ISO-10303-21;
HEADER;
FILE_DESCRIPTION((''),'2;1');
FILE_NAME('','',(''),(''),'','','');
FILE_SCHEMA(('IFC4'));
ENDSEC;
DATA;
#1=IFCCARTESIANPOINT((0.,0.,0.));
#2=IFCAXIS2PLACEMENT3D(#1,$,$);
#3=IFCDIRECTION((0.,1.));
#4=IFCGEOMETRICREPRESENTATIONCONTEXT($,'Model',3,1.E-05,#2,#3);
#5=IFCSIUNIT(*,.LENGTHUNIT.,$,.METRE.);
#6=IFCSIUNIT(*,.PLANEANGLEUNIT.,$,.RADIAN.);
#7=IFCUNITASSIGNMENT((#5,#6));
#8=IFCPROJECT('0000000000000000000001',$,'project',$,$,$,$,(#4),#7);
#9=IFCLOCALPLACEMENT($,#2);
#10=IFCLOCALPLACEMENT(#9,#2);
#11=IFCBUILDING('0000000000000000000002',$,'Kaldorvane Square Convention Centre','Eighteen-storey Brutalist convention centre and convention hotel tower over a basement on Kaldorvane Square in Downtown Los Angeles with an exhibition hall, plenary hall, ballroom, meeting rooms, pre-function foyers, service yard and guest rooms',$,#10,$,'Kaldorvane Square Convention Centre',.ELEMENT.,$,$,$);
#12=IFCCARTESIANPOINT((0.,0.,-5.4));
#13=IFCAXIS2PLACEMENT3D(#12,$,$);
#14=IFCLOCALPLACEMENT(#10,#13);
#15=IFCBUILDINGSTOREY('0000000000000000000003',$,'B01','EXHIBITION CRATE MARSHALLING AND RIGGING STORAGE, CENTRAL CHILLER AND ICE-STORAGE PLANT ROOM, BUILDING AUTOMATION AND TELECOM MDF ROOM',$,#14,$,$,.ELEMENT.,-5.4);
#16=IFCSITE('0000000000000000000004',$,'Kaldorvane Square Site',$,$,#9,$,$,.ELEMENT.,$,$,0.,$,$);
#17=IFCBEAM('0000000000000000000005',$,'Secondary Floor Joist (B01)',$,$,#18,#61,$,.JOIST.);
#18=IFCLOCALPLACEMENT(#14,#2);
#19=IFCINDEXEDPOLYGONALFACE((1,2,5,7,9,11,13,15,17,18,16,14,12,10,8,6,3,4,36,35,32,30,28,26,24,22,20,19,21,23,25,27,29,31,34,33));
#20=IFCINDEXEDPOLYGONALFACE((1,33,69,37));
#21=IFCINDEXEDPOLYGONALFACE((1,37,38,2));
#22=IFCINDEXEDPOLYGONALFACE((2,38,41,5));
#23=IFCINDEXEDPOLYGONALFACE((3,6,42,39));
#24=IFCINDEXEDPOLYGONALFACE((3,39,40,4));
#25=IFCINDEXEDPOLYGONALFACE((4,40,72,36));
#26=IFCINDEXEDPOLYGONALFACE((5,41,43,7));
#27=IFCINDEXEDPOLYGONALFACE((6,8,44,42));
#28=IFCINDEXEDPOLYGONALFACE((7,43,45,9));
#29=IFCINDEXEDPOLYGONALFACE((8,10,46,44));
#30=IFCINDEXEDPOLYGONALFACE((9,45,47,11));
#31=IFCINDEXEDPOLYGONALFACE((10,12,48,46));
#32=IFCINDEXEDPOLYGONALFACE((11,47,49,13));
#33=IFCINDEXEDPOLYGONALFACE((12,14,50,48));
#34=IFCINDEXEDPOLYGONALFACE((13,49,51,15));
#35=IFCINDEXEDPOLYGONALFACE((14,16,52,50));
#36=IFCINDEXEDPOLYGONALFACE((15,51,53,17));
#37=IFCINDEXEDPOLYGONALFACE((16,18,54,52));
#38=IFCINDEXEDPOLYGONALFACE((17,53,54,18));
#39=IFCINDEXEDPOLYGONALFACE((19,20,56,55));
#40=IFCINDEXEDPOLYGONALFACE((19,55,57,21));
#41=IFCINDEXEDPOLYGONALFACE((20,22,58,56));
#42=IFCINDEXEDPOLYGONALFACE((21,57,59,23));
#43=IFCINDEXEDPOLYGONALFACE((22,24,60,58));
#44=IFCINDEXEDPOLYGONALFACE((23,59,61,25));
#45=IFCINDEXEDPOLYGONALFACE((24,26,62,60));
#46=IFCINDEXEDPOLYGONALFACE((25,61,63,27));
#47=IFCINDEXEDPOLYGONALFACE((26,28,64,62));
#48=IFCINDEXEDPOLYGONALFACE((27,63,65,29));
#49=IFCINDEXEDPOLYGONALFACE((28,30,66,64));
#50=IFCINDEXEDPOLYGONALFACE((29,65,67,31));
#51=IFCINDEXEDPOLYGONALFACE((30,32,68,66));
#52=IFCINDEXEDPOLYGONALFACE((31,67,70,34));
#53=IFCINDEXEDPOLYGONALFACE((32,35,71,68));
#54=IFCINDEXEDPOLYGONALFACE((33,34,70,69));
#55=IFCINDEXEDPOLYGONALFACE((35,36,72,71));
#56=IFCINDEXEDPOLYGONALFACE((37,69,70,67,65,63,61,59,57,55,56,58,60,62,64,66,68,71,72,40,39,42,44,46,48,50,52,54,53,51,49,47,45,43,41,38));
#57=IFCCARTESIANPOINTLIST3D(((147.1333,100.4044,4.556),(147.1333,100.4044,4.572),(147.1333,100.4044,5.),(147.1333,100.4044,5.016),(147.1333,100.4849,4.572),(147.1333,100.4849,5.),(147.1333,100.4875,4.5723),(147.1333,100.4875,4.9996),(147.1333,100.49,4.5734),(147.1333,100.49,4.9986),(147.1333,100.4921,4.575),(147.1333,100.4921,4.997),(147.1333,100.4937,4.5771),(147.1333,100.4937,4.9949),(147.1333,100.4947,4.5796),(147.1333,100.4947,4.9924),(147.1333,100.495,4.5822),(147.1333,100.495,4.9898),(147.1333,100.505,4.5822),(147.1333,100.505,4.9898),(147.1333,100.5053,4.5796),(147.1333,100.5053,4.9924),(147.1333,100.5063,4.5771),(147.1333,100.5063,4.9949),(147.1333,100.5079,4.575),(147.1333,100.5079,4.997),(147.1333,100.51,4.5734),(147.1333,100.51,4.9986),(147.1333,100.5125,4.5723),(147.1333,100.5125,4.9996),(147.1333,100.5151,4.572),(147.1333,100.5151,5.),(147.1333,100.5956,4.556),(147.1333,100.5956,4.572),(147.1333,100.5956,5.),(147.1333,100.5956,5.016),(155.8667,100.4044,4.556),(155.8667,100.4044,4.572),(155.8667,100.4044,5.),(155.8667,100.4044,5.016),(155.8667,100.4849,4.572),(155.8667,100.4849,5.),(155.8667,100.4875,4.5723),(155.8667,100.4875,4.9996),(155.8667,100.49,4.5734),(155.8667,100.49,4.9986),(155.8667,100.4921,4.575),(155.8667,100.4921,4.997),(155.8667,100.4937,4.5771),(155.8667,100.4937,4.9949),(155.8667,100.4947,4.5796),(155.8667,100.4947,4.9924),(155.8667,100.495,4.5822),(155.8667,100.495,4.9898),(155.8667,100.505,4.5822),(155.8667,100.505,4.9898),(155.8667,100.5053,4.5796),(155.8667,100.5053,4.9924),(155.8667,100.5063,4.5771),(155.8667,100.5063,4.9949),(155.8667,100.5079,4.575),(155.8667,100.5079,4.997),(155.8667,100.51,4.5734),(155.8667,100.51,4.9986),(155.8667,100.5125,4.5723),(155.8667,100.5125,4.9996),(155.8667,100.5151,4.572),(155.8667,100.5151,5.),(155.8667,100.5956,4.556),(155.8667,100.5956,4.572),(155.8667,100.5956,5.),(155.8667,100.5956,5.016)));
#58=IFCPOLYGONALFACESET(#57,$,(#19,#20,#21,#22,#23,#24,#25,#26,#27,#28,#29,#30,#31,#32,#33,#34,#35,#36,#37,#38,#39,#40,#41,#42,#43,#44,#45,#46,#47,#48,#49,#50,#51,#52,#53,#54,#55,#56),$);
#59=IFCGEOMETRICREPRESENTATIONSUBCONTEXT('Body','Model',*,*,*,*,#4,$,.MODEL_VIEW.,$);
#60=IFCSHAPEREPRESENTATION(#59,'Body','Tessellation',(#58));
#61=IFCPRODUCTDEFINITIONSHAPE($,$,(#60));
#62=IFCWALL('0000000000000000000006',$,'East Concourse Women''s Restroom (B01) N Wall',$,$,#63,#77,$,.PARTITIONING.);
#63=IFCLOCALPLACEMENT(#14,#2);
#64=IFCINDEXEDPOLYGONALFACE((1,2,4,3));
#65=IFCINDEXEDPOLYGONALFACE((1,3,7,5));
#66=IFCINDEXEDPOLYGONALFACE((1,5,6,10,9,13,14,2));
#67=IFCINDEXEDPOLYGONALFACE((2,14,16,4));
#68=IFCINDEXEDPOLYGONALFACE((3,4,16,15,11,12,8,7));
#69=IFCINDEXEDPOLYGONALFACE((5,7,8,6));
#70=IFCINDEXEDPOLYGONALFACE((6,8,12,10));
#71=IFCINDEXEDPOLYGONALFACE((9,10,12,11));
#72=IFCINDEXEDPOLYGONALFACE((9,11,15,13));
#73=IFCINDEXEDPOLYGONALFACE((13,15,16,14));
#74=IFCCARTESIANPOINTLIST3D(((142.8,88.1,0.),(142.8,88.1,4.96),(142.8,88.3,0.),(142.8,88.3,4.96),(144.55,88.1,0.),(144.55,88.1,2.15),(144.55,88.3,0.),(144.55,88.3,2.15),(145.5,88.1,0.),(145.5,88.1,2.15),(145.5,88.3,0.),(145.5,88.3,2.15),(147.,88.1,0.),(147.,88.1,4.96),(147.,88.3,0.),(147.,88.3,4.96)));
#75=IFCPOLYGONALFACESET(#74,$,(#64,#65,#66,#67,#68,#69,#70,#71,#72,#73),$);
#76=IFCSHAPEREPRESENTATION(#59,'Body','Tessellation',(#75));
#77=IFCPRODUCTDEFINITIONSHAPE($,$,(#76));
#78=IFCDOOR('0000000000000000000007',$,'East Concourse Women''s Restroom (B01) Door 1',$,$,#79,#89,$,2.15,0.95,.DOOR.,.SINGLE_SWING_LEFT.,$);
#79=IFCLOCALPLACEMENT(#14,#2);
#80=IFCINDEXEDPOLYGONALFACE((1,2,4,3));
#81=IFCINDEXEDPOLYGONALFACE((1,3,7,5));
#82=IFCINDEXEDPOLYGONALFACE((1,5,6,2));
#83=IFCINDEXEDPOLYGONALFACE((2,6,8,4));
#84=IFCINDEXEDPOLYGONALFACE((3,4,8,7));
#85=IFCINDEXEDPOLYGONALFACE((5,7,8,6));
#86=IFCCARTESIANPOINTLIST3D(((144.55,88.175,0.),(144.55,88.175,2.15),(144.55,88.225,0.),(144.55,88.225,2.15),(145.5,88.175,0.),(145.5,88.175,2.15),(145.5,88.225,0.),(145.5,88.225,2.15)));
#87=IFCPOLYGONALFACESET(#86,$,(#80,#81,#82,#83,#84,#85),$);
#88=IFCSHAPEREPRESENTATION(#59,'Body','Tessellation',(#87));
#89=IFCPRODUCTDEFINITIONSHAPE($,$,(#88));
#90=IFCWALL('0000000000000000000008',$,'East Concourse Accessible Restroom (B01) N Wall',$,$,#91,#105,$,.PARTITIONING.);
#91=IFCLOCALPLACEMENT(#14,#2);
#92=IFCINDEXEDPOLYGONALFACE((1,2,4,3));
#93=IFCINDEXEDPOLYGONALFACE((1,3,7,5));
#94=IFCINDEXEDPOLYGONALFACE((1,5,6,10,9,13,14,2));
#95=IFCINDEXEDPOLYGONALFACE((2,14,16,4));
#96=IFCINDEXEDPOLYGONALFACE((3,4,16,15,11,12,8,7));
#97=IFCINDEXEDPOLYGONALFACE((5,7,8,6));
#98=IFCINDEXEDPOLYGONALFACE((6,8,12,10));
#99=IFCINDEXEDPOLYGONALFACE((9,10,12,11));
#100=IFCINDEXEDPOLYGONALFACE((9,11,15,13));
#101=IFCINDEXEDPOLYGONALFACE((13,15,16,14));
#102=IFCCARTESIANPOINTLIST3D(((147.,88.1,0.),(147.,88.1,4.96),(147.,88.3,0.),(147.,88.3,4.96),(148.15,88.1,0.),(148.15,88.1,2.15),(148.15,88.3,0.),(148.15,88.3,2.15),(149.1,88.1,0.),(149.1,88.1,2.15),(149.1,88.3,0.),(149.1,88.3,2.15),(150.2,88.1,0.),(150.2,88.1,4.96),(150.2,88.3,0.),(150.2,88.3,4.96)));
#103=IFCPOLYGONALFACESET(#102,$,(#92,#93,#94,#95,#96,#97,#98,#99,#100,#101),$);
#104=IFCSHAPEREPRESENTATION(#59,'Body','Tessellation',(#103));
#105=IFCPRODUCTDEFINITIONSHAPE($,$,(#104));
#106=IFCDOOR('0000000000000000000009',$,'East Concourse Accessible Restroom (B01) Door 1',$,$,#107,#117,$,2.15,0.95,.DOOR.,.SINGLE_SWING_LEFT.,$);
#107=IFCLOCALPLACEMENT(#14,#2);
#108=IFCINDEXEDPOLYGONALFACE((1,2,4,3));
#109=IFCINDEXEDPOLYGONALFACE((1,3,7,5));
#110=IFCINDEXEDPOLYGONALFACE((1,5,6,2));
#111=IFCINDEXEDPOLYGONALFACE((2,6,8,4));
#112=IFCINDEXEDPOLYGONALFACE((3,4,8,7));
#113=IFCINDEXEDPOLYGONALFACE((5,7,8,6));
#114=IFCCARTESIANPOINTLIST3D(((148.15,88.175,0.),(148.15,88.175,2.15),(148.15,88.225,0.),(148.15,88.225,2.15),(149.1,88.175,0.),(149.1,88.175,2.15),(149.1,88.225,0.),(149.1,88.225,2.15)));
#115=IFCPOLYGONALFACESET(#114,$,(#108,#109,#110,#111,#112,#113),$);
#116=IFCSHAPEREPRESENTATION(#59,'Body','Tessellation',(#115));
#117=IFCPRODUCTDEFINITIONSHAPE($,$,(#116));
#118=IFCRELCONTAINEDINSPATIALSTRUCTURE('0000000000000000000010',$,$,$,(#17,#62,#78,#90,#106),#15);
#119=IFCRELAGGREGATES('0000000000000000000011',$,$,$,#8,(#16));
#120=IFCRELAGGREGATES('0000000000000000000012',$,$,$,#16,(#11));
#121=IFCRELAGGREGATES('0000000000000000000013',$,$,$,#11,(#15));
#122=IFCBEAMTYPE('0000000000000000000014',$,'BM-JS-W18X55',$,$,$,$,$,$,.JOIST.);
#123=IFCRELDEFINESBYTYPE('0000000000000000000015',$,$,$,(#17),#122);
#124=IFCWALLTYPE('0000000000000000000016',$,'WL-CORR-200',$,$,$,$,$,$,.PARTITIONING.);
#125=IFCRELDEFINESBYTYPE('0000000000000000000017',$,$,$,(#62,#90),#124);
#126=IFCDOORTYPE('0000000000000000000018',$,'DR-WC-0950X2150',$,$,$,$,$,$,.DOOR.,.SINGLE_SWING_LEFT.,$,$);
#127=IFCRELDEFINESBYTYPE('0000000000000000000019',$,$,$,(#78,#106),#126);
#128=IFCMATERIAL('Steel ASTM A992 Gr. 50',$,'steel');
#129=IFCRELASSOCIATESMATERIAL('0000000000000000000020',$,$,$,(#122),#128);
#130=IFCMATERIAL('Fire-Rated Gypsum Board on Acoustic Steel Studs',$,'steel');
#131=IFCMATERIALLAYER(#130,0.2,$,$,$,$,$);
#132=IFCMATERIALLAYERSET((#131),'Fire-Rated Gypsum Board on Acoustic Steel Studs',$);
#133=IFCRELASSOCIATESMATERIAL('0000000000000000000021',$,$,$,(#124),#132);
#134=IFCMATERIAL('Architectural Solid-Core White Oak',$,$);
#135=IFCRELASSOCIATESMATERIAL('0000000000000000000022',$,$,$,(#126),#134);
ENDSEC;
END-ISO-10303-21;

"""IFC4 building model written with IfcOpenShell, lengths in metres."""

from ifc_helpers import new_model, si_unit, direction, frame, frame_2d, origin, origin_2d, place, context, subcontext, project, spatial, rectangle, i_section, extrude, material, layer, layer_set, material_profile, profile_set, type_object, element, fill, save


model = new_model("IFC4")

# Units and contexts
model_context = context("Model", 3, precision=1e-05, world=origin(), true_north=direction((0.0, 1.0)))
body_context = subcontext(model_context, "Body", "Model", "MODEL_VIEW")
ifc_project = project(units=[si_unit("LENGTHUNIT", "METRE"), si_unit("PLANEANGLEUNIT", "RADIAN")], contexts=[model_context])

# Site, building, storey
site_placement = place(None, origin())
site = spatial("IfcSite", under=ifc_project, at=site_placement, Name="Kaldorvane Square Site", CompositionType="ELEMENT", RefElevation=0.0)
building_placement = place(site_placement, origin())
building = spatial("IfcBuilding", under=site, at=building_placement, Name="Kaldorvane Square Convention Centre", Description="Eighteen-storey Brutalist convention centre and convention hotel tower over a basement on Kaldorvane Square in Downtown Los Angeles with an exhibition hall, plenary hall, ballroom, meeting rooms, pre-function foyers, service yard and guest rooms", LongName="Kaldorvane Square Convention Centre", CompositionType="ELEMENT")
storey_placement = place(building_placement, frame((0.0, 0.0, -5.4)))
storey = spatial("IfcBuildingStorey", under=building, at=storey_placement, Name="B01", Description="EXHIBITION CRATE MARSHALLING AND RIGGING STORAGE, CENTRAL CHILLER AND ICE-STORAGE PLANT ROOM, BUILDING AUTOMATION AND TELECOM MDF ROOM", CompositionType="ELEMENT", Elevation=-5.4)

# Shared definitions
ifc_material_1 = material(Name="Steel ASTM A992 Gr. 50", Category="steel")

# Beam
ifc_material_profile_1 = material_profile(ifc_material_1, i_section(OverallWidth=0.1913, OverallDepth=0.46, WebThickness=0.0099, FlangeThickness=0.016, FilletRadius=0.0102, at=origin_2d()), Name="W18X55")
ifc_profile_set_1 = profile_set([ifc_material_profile_1], Name="Steel ASTM A992 Gr. 50")
beam_type_1 = type_object("IfcBeamType", Name="BM-JS-W18X55", PredefinedType="JOIST", material=ifc_profile_set_1)
beam_1_placement = place(storey_placement, frame((147.1333, 100.5, 4.786), z_axis=(1.0, 0.0, 0.0), x_axis=(0.0, 1.0, 0.0)))
element("IfcBeam", 1, at=beam_1_placement, inside=storey, type_object=beam_type_1, Name="Secondary Floor Joist (B01)", PredefinedType="JOIST", context=body_context, shape_type="SweptSolid", body=[
    extrude(i_section(OverallWidth=0.1913, OverallDepth=0.46, WebThickness=0.0099, FlangeThickness=0.016, FilletRadius=0.0102, at=origin_2d()), origin(), (0.0, 0.0, 1.0), 8.7334),
])

# Walls, openings, doors
ifc_material_2 = material(Name="Fire-Rated Gypsum Board on Acoustic Steel Studs", Category="steel")
ifc_layer = layer(ifc_material_2, 0.2)
ifc_layer_set = layer_set([ifc_layer], Name="Fire-Rated Gypsum Board on Acoustic Steel Studs")
wall_type = type_object("IfcWallType", Name="WL-CORR-200", PredefinedType="PARTITIONING", material=ifc_layer_set)
wall_1_placement = place(storey_placement, frame((147.0, 88.2, 0.0), z_axis=(0.0, 0.0, 1.0), x_axis=(-1.0, 0.0, 0.0)))
wall_1 = element("IfcWall", 2, at=wall_1_placement, inside=storey, type_object=wall_type, Name="East Concourse Women's Restroom (B01) N Wall", PredefinedType="PARTITIONING", context=body_context, shape_type="SweptSolid", body=[
    extrude(rectangle(XDim=4.2, YDim=0.2, at=frame_2d((2.1, 0.0))), origin(), (0.0, 0.0, 1.0), 4.96),
])
opening_1_placement = place(wall_1_placement, frame((1.5, 0.0, 0.0)))
opening_1 = element("IfcOpeningElement", 3, at=opening_1_placement, cuts=wall_1, PredefinedType="OPENING", context=body_context, shape_type="SweptSolid", body=[
    extrude(rectangle(XDim=0.95, YDim=2.15, at=frame_2d((0.475, 1.075))), frame((0.0, 0.115, 0.0), z_axis=(0.0, -1.0, 0.0), x_axis=(1.0, 0.0, 0.0)), (0.0, 0.0, 1.0), 0.23),
])
ifc_material_3 = material(Name="Architectural Solid-Core White Oak")
door_type = type_object("IfcDoorType", Name="DR-WC-0950X2150", OperationType="SINGLE_SWING_LEFT", PredefinedType="DOOR", material=ifc_material_3)
door_1_placement = place(opening_1_placement, origin())
door_1 = element("IfcDoor", 4, at=door_1_placement, inside=storey, type_object=door_type, Name="East Concourse Women's Restroom (B01) Door 1", OperationType="SINGLE_SWING_LEFT", OverallHeight=2.15, OverallWidth=0.95, PredefinedType="DOOR", context=body_context, shape_type="SweptSolid", body=[
    extrude(rectangle(XDim=0.95, YDim=2.15, at=frame_2d((0.475, 1.075))), frame((0.0, 0.025, 0.0), z_axis=(0.0, -1.0, 0.0), x_axis=(1.0, 0.0, 0.0)), (0.0, 0.0, 1.0), 0.05),
])
fill(opening_1, door_1)
wall_2_placement = place(storey_placement, frame((150.2, 88.2, 0.0), z_axis=(0.0, 0.0, 1.0), x_axis=(-1.0, 0.0, 0.0)))
wall_2 = element("IfcWall", 5, at=wall_2_placement, inside=storey, type_object=wall_type, Name="East Concourse Accessible Restroom (B01) N Wall", PredefinedType="PARTITIONING", context=body_context, shape_type="SweptSolid", body=[
    extrude(rectangle(XDim=3.2, YDim=0.2, at=frame_2d((1.6, 0.0))), origin(), (0.0, 0.0, 1.0), 4.96),
])
opening_2_placement = place(wall_2_placement, frame((1.1, 0.0, 0.0)))
opening_2 = element("IfcOpeningElement", 6, at=opening_2_placement, cuts=wall_2, PredefinedType="OPENING", context=body_context, shape_type="SweptSolid", body=[
    extrude(rectangle(XDim=0.95, YDim=2.15, at=frame_2d((0.475, 1.075))), frame((0.0, 0.115, 0.0), z_axis=(0.0, -1.0, 0.0), x_axis=(1.0, 0.0, 0.0)), (0.0, 0.0, 1.0), 0.23),
])
door_2_placement = place(opening_2_placement, origin())
door_2 = element("IfcDoor", 7, at=door_2_placement, inside=storey, type_object=door_type, Name="East Concourse Accessible Restroom (B01) Door 1", OperationType="SINGLE_SWING_LEFT", OverallHeight=2.15, OverallWidth=0.95, PredefinedType="DOOR", context=body_context, shape_type="SweptSolid", body=[
    extrude(rectangle(XDim=0.95, YDim=2.15, at=frame_2d((0.475, 1.075))), frame((0.0, 0.025, 0.0), z_axis=(0.0, -1.0, 0.0), x_axis=(1.0, 0.0, 0.0)), (0.0, 0.0, 1.0), 0.05),
])
fill(opening_2, door_2)

save(model, "model.ifc")
